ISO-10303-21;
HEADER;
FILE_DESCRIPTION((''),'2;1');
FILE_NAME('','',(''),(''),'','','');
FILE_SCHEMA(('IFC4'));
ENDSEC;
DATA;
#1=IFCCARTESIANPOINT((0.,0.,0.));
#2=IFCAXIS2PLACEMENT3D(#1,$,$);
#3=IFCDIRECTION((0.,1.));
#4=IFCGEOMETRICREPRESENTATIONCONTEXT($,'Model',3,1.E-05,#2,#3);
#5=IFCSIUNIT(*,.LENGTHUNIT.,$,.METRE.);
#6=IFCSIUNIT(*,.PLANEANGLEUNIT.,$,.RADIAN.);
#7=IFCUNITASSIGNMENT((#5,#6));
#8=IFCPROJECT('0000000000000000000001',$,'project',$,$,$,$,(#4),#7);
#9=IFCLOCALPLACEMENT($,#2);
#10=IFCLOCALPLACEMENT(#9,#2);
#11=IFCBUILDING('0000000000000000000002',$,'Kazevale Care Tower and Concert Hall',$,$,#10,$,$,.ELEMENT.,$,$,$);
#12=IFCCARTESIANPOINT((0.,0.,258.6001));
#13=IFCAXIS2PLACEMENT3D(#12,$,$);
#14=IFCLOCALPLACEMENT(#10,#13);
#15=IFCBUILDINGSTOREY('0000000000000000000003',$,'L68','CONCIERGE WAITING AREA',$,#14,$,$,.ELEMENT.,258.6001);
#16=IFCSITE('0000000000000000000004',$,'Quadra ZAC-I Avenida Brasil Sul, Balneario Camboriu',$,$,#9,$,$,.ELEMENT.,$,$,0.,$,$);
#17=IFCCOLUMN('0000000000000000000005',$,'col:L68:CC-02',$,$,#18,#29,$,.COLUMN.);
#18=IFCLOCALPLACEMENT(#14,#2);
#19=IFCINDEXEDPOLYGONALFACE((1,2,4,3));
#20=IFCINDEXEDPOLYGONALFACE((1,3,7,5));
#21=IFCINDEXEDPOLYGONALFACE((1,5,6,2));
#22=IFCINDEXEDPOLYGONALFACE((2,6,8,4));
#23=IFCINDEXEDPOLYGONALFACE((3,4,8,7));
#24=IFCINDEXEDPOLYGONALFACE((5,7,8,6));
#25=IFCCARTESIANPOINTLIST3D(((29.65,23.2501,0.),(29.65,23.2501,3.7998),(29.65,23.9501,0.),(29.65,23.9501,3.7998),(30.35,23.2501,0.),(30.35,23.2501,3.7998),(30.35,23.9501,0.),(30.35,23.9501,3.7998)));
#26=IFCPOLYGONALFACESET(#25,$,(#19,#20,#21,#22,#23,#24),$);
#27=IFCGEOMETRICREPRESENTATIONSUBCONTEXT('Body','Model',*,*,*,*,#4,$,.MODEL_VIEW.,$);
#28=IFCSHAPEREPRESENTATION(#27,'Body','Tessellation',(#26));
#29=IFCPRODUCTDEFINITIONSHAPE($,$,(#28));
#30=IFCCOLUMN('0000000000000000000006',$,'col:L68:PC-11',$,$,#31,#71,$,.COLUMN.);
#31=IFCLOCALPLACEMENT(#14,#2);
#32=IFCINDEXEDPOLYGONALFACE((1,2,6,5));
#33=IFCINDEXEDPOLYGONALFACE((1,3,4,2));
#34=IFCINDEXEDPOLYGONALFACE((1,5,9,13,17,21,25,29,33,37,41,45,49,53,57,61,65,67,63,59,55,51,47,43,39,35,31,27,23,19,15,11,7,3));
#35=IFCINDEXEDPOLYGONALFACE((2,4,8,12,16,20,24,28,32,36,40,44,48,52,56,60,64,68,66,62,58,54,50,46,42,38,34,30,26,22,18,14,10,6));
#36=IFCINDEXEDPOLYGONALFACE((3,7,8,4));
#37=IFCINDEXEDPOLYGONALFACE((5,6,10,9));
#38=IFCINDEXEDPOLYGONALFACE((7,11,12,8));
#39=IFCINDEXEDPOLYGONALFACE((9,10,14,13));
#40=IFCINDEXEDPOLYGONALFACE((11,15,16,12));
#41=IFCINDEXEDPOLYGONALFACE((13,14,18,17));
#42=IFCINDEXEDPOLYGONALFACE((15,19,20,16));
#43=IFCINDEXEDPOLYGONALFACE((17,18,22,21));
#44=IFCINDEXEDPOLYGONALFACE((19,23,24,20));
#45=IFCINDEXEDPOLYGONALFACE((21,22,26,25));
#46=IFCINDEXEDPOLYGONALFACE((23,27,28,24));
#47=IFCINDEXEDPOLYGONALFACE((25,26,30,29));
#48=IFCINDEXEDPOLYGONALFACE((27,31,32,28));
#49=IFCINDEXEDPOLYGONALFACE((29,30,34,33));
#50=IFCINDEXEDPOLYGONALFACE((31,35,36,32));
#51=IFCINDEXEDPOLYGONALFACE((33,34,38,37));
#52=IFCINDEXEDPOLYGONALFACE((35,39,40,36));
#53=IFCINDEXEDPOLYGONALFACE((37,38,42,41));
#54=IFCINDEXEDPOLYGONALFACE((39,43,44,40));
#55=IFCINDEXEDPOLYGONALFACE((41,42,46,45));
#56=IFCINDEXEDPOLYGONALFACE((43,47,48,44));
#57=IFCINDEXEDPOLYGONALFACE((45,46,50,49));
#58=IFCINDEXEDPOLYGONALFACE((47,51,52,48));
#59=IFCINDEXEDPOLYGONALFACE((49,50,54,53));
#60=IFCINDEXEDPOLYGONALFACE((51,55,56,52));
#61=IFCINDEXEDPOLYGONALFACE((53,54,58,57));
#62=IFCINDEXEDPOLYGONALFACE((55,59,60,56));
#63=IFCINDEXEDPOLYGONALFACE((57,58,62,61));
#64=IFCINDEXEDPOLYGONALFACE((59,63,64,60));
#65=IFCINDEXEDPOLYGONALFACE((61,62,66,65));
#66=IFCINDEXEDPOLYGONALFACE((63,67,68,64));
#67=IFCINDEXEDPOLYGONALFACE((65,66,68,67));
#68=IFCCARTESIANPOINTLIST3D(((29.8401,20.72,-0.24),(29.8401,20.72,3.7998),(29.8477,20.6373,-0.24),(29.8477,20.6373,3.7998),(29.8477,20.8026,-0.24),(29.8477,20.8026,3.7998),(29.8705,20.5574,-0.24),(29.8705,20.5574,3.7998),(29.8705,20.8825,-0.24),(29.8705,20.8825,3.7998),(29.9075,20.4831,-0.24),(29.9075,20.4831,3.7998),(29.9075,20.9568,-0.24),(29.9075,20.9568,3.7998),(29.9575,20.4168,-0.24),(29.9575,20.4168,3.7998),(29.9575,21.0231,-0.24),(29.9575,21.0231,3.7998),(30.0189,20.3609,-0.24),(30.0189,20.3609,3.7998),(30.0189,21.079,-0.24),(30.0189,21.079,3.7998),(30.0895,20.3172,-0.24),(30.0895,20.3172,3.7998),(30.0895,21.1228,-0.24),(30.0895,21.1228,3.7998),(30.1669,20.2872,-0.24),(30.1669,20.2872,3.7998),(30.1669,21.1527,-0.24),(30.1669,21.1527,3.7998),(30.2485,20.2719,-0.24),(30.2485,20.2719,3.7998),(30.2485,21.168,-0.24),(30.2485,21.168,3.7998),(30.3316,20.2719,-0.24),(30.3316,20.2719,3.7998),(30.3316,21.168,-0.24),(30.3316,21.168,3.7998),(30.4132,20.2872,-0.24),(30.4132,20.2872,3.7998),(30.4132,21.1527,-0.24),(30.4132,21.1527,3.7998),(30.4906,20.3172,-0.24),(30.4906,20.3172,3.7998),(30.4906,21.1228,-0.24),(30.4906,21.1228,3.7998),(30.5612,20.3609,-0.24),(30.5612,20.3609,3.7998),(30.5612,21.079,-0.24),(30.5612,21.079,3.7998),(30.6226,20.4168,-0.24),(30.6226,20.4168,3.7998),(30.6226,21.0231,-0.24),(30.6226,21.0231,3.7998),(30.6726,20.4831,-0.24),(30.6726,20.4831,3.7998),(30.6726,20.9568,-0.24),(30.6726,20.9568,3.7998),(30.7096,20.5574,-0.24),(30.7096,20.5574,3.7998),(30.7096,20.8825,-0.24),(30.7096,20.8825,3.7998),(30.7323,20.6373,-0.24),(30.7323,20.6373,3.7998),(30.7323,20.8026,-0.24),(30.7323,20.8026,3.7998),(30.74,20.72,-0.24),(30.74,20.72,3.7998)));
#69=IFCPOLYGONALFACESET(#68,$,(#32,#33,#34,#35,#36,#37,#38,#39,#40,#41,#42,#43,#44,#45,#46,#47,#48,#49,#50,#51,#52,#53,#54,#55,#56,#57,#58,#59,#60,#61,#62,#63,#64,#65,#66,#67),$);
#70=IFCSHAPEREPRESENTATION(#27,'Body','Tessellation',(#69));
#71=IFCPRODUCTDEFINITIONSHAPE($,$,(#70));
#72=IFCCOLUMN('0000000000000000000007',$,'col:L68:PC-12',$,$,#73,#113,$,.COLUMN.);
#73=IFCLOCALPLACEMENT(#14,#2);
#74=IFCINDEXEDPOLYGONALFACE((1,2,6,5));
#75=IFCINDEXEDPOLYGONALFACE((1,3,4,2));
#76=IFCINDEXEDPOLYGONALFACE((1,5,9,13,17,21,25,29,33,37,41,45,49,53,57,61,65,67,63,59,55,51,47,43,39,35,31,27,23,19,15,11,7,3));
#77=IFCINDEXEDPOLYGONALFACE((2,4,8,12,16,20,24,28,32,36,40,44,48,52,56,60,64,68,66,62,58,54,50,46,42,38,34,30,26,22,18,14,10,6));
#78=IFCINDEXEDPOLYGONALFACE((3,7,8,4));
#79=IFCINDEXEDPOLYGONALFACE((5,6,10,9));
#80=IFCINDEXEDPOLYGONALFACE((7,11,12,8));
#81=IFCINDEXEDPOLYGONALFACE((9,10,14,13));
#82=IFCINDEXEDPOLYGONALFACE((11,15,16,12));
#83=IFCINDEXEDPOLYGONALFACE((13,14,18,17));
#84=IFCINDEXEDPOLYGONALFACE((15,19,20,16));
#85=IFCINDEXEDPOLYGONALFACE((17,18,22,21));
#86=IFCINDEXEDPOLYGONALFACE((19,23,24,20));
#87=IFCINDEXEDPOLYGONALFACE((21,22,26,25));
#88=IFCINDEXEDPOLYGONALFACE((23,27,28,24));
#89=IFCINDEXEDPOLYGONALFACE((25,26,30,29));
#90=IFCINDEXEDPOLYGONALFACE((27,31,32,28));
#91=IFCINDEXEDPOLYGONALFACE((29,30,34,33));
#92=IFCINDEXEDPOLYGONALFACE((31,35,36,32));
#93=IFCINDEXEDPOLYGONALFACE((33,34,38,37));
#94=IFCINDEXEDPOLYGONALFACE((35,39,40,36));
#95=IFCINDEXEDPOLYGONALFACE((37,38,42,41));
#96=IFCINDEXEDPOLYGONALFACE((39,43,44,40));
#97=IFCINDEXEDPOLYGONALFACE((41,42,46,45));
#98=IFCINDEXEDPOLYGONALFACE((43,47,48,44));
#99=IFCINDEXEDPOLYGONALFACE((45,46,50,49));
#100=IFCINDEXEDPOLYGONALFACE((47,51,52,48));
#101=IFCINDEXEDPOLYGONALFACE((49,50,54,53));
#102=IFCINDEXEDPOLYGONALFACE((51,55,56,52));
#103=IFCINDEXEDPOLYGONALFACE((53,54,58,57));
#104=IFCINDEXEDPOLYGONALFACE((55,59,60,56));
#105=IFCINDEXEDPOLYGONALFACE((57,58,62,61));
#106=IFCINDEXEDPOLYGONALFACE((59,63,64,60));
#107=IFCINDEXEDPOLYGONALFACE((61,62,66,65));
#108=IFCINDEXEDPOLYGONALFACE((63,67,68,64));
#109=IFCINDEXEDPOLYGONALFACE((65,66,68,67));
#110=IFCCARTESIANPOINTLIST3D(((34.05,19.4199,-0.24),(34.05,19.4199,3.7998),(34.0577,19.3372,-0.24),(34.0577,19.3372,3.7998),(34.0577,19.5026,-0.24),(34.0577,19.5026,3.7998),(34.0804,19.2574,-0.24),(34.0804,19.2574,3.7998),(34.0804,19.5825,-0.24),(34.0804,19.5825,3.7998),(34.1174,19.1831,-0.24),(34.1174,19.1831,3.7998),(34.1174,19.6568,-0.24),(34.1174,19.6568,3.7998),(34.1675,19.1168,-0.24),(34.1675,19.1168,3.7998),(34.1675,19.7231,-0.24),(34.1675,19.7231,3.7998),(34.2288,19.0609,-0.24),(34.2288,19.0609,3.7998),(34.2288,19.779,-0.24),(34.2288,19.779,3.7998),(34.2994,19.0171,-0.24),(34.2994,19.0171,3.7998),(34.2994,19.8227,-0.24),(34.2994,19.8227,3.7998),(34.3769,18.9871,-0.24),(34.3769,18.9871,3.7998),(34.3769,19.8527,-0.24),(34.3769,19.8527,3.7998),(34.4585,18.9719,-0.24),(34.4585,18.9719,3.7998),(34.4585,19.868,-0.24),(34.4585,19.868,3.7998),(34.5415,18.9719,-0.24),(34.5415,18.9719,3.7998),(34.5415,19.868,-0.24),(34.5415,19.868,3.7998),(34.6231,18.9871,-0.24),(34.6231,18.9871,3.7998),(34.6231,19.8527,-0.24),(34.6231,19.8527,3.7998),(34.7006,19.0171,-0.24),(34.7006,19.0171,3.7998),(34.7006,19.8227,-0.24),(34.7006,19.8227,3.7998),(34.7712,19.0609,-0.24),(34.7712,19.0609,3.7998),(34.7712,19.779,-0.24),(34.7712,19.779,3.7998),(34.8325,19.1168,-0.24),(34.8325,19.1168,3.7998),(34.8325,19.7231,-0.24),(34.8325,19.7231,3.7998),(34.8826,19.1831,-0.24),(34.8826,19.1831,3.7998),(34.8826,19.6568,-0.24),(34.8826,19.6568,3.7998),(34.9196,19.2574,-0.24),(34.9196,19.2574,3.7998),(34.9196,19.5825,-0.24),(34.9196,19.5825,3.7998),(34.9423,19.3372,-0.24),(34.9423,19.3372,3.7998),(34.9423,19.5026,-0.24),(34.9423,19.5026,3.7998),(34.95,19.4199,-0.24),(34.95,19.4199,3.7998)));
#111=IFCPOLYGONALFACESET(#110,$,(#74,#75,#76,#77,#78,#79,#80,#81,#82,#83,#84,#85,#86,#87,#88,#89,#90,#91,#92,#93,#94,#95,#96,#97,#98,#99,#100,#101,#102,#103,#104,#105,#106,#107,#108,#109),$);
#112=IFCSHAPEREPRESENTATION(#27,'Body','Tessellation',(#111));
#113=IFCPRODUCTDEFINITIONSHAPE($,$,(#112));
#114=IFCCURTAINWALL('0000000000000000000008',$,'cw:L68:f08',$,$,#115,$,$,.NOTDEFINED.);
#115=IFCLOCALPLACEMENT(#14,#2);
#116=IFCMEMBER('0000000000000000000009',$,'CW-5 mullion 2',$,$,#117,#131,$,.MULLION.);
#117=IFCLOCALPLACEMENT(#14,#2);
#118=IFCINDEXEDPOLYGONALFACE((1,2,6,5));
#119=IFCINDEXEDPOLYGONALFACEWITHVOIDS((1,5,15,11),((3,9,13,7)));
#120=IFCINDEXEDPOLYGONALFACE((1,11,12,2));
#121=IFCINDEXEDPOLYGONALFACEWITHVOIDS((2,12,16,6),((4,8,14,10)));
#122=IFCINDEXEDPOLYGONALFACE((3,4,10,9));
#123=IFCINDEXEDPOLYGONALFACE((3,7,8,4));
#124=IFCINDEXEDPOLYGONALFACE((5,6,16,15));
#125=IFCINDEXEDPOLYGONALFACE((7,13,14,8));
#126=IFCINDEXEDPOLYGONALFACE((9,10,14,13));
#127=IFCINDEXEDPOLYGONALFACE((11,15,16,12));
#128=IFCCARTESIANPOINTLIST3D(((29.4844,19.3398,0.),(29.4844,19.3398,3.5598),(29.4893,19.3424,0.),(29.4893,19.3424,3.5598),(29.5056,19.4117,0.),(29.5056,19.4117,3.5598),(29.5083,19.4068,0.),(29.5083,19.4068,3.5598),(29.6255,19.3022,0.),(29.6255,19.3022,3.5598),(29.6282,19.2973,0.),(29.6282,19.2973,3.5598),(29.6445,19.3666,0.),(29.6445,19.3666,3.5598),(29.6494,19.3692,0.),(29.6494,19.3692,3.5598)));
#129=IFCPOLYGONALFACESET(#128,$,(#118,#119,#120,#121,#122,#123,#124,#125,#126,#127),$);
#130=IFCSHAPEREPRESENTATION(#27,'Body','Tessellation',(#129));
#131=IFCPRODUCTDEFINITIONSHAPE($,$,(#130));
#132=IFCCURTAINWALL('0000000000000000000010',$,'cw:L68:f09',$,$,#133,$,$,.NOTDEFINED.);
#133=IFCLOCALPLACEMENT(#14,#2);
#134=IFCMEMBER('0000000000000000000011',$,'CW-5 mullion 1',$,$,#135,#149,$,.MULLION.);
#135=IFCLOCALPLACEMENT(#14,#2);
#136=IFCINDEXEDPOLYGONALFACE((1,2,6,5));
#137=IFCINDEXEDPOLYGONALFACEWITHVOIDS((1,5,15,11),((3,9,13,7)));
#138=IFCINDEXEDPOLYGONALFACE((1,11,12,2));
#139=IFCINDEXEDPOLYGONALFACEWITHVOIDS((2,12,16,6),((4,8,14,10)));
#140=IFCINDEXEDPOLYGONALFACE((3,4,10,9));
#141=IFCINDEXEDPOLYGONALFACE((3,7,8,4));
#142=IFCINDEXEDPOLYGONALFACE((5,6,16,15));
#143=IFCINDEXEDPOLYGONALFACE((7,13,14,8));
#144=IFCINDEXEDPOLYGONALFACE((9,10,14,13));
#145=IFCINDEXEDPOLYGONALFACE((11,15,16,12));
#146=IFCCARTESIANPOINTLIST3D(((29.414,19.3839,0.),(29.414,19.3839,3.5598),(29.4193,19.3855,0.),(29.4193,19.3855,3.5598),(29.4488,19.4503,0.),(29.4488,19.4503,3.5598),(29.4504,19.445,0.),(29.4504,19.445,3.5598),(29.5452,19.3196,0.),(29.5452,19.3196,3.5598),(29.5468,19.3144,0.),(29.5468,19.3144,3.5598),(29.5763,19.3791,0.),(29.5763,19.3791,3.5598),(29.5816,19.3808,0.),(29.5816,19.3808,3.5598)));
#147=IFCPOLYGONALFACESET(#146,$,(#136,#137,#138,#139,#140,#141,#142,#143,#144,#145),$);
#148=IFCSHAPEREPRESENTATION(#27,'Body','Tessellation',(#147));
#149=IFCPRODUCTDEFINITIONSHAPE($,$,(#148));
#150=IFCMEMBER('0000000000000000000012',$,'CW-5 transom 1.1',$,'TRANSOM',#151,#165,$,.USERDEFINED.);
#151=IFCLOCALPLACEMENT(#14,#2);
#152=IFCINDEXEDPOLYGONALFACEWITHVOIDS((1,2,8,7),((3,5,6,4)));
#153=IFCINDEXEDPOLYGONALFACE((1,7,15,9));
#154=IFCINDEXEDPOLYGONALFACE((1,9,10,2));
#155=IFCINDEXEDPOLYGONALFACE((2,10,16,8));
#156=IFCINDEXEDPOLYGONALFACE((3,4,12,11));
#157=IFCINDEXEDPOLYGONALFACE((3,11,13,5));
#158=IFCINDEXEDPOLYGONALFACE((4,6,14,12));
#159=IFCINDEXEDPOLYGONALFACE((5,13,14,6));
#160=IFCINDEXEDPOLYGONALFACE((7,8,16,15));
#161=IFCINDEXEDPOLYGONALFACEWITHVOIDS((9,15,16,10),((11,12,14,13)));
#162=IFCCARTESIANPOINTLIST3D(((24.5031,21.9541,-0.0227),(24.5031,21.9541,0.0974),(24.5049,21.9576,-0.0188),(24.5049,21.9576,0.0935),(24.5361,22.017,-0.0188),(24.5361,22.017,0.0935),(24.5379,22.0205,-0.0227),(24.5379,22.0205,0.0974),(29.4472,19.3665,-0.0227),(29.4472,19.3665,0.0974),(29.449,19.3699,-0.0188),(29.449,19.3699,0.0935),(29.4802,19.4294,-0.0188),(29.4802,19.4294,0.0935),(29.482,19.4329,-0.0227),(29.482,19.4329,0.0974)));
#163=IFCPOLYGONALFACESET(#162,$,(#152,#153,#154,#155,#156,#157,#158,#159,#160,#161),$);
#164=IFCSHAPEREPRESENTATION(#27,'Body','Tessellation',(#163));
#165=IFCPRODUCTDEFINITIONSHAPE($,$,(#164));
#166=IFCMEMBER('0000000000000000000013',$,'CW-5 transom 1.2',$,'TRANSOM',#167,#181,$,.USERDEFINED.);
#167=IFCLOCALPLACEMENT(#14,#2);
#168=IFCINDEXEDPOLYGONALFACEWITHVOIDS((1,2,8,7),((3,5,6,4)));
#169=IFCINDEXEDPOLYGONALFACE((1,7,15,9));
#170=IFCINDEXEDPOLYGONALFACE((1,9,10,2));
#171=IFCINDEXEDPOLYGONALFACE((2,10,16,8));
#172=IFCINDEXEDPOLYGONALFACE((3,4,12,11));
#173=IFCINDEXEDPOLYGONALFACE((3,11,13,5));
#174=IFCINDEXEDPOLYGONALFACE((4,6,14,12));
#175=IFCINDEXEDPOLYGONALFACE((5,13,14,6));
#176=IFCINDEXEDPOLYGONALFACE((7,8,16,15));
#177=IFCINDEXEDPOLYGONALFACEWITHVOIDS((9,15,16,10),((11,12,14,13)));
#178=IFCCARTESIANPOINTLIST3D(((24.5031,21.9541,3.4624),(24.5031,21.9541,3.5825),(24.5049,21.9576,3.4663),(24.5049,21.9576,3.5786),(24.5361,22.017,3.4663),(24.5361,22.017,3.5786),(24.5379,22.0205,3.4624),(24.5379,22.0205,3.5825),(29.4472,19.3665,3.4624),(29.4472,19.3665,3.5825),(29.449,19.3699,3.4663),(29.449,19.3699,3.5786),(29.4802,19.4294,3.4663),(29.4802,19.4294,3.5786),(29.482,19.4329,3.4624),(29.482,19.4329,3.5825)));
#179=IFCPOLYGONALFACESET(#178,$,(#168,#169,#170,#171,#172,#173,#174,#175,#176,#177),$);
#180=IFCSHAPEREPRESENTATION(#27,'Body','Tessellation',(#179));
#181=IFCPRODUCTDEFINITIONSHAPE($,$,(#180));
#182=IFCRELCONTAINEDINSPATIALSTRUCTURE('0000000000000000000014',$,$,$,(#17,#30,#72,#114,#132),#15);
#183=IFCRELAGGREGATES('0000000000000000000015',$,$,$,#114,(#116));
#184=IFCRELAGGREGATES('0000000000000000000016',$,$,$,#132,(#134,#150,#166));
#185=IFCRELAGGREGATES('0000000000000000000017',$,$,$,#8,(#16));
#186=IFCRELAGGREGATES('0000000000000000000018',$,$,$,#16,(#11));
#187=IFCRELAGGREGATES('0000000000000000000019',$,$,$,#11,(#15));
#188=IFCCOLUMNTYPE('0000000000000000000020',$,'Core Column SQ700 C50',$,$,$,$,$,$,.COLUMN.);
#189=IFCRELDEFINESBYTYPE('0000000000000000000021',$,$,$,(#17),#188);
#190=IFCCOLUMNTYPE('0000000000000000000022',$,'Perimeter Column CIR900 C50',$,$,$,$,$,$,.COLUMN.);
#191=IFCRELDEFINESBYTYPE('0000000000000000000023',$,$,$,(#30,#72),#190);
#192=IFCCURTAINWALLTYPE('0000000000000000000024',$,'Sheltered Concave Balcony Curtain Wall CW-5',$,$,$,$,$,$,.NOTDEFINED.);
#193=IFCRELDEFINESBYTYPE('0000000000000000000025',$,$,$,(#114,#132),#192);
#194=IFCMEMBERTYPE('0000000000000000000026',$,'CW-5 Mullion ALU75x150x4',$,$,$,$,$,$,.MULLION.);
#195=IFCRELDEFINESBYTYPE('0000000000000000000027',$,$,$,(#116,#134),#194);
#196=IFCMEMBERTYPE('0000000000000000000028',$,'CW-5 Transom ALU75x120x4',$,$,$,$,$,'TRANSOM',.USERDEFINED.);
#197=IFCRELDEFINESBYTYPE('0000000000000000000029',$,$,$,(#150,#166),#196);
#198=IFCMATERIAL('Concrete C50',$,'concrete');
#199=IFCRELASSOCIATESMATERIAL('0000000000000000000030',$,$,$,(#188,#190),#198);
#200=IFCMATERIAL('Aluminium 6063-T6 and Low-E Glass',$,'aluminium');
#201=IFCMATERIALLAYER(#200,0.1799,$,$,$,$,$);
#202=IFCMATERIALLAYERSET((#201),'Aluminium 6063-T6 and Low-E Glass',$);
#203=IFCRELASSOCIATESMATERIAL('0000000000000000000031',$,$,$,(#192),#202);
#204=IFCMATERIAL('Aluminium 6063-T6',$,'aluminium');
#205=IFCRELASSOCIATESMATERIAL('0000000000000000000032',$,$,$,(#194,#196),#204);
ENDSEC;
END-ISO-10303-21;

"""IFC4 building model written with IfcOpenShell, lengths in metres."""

from ifc_helpers import new_model, si_unit, direction, frame, origin, origin_2d, place, context, subcontext, project, spatial, rectangle, hollow_rectangle, circle, extrude, material, layer, layer_set, material_profile, profile_set, type_object, element, aggregate, save


model = new_model("IFC4")

# Units and contexts
model_context = context("Model", 3, precision=1e-05, world=origin(), true_north=direction((0.0, 1.0)))
body_context = subcontext(model_context, "Body", "Model", "MODEL_VIEW")
ifc_project = project(units=[si_unit("LENGTHUNIT", "METRE"), si_unit("PLANEANGLEUNIT", "RADIAN")], contexts=[model_context])

# Site, building, storey
site_placement = place(None, origin())
site = spatial("IfcSite", under=ifc_project, at=site_placement, Name="Quadra ZAC-I Avenida Brasil Sul, Balneario Camboriu", CompositionType="ELEMENT", RefElevation=0.0)
building_placement = place(site_placement, origin())
building = spatial("IfcBuilding", under=site, at=building_placement, Name="Kazevale Care Tower and Concert Hall", CompositionType="ELEMENT")
storey_placement = place(building_placement, frame((0.0, 0.0, 258.6001)))
storey = spatial("IfcBuildingStorey", under=building, at=storey_placement, Name="L68", Description="CONCIERGE WAITING AREA", CompositionType="ELEMENT", Elevation=258.6001)

# Columns
ifc_material_1 = material(Name="Concrete C50", Category="concrete")
ifc_material_profile_1 = material_profile(ifc_material_1, rectangle(XDim=0.7, YDim=0.7, at=origin_2d()), Name="RC-SQ700")
ifc_profile_set_1 = profile_set([ifc_material_profile_1], Name="Concrete C50")
column_type_1 = type_object("IfcColumnType", Name="Core Column SQ700 C50", PredefinedType="COLUMN", material=ifc_profile_set_1)
column_placement = place(storey_placement, frame((30.0, 23.6001, 0.0), z_axis=(0.0, 0.0, 1.0), x_axis=(1.0, 0.0, 0.0)))
element("IfcColumn", 1, at=column_placement, inside=storey, type_object=column_type_1, Name="col:L68:CC-02", PredefinedType="COLUMN", context=body_context, shape_type="SweptSolid", body=[
    extrude(rectangle(XDim=0.7, YDim=0.7, at=origin_2d()), origin(), (0.0, 0.0, 1.0), 3.7998),
])
ifc_material_profile_2 = material_profile(ifc_material_1, circle(Radius=0.45, at=origin_2d()), Name="RC-CIR900")
ifc_profile_set_2 = profile_set([ifc_material_profile_2], Name="Concrete C50")
column_type_2 = type_object("IfcColumnType", Name="Perimeter Column CIR900 C50", PredefinedType="COLUMN", material=ifc_profile_set_2)
for number, where, z_axis, x_axis, name in (
    (2, (30.29, 20.72, -0.24), (0.0, 0.0, 1.0), (1.0, 0.0, 0.0), "col:L68:PC-11"),
    (3, (34.5, 19.4199, -0.24), (0.0, 0.0, 1.0), (1.0, 0.0, 0.0), "col:L68:PC-12"),
):
    element("IfcColumn", number, at=place(storey_placement, frame(where, z_axis=z_axis, x_axis=x_axis)), inside=storey, type_object=column_type_2, Name=name, PredefinedType="COLUMN", context=body_context, shape_type="SweptSolid", body=[
        extrude(circle(Radius=0.45, at=origin_2d()), origin(), (0.0, 0.0, 1.0), 4.0398),
    ])

# Curtain wall, member
ifc_material_2 = material(Name="Aluminium 6063-T6 and Low-E Glass", Category="aluminium")
ifc_layer_1 = layer(ifc_material_2, 0.1799)
ifc_layer_set_1 = layer_set([ifc_layer_1], Name="Aluminium 6063-T6 and Low-E Glass")
curtain_wall_type = type_object("IfcCurtainWallType", Name="Sheltered Concave Balcony Curtain Wall CW-5", PredefinedType="NOTDEFINED", material=ifc_layer_set_1)
curtain_wall_1_placement = place(storey_placement, origin())
curtain_wall_1 = element("IfcCurtainWall", 4, at=curtain_wall_1_placement, inside=storey, type_object=curtain_wall_type, Name="cw:L68:f08", PredefinedType="NOTDEFINED")
ifc_material_3 = material(Name="Aluminium 6063-T6", Category="aluminium")
ifc_material_profile_3 = material_profile(ifc_material_3, hollow_rectangle(XDim=0.075, YDim=0.1499, WallThickness=0.0039, at=origin_2d()), Name="ALU75x150x4")
ifc_profile_set_3 = profile_set([ifc_material_profile_3], Name="Aluminium 6063-T6")
member_type_1 = type_object("IfcMemberType", Name="CW-5 Mullion ALU75x150x4", PredefinedType="MULLION", material=ifc_profile_set_3)
member_1_placement = place(storey_placement, frame((29.5669, 19.3545, 0.0), z_axis=(0.0, 0.0, 1.0), x_axis=(-0.283203, -0.95906, 0.0)))
member_1 = element("IfcMember", 5, at=member_1_placement, type_object=member_type_1, Name="CW-5 mullion 2", PredefinedType="MULLION", context=body_context, shape_type="SweptSolid", body=[
    extrude(hollow_rectangle(XDim=0.075, YDim=0.1499, WallThickness=0.0039, at=origin_2d()), origin(), (0.0, 0.0, 1.0), 3.5598),
])

# Curtain wall, members
curtain_wall_2_placement = place(storey_placement, origin())
curtain_wall_2 = element("IfcCurtainWall", 6, at=curtain_wall_2_placement, inside=storey, type_object=curtain_wall_type, Name="cw:L68:f09", PredefinedType="NOTDEFINED")
member_2_placement = place(storey_placement, frame((29.4978, 19.3823, 0.0), z_axis=(0.0, 0.0, 1.0), x_axis=(-0.463681, -0.886002, 0.0)))
member_2 = element("IfcMember", 7, at=member_2_placement, type_object=member_type_1, Name="CW-5 mullion 1", PredefinedType="MULLION", context=body_context, shape_type="SweptSolid", body=[
    extrude(hollow_rectangle(XDim=0.075, YDim=0.1499, WallThickness=0.0039, at=origin_2d()), origin(), (0.0, 0.0, 1.0), 3.5598),
])
ifc_material_profile_4 = material_profile(ifc_material_3, hollow_rectangle(XDim=0.075, YDim=0.1201, WallThickness=0.0039, at=origin_2d()), Name="ALU75x120x4")
ifc_profile_set_4 = profile_set([ifc_material_profile_4], Name="Aluminium 6063-T6")
member_type_2 = type_object("IfcMemberType", Name="CW-5 Transom ALU75x120x4", ElementType="TRANSOM", PredefinedType="USERDEFINED", material=ifc_profile_set_4)
member_3_placement = place(storey_placement, frame((29.4646, 19.3997, 0.0374), z_axis=(-0.885987, 0.463709, 0.0), x_axis=(-0.463709, -0.885987, 0.0)))
member_3 = element("IfcMember", 8, at=member_3_placement, type_object=member_type_2, Name="CW-5 transom 1.1", ObjectType="TRANSOM", PredefinedType="USERDEFINED", context=body_context, shape_type="SweptSolid", body=[
    extrude(hollow_rectangle(XDim=0.075, YDim=0.1201, WallThickness=0.0039, at=origin_2d()), origin(), (0.0, 0.0, 1.0), 5.5803),
])
member_4_placement = place(storey_placement, frame((29.4646, 19.3997, 3.5225), z_axis=(-0.885987, 0.463709, 0.0), x_axis=(-0.463709, -0.885987, 0.0)))
member_4 = element("IfcMember", 9, at=member_4_placement, type_object=member_type_2, Name="CW-5 transom 1.2", ObjectType="TRANSOM", PredefinedType="USERDEFINED", context=body_context, shape_type="SweptSolid", body=[
    extrude(hollow_rectangle(XDim=0.075, YDim=0.1201, WallThickness=0.0039, at=origin_2d()), origin(), (0.0, 0.0, 1.0), 5.5803),
])

aggregate(curtain_wall_1, [member_1])
aggregate(curtain_wall_2, [member_2, member_3, member_4])

save(model, "model.ifc")
